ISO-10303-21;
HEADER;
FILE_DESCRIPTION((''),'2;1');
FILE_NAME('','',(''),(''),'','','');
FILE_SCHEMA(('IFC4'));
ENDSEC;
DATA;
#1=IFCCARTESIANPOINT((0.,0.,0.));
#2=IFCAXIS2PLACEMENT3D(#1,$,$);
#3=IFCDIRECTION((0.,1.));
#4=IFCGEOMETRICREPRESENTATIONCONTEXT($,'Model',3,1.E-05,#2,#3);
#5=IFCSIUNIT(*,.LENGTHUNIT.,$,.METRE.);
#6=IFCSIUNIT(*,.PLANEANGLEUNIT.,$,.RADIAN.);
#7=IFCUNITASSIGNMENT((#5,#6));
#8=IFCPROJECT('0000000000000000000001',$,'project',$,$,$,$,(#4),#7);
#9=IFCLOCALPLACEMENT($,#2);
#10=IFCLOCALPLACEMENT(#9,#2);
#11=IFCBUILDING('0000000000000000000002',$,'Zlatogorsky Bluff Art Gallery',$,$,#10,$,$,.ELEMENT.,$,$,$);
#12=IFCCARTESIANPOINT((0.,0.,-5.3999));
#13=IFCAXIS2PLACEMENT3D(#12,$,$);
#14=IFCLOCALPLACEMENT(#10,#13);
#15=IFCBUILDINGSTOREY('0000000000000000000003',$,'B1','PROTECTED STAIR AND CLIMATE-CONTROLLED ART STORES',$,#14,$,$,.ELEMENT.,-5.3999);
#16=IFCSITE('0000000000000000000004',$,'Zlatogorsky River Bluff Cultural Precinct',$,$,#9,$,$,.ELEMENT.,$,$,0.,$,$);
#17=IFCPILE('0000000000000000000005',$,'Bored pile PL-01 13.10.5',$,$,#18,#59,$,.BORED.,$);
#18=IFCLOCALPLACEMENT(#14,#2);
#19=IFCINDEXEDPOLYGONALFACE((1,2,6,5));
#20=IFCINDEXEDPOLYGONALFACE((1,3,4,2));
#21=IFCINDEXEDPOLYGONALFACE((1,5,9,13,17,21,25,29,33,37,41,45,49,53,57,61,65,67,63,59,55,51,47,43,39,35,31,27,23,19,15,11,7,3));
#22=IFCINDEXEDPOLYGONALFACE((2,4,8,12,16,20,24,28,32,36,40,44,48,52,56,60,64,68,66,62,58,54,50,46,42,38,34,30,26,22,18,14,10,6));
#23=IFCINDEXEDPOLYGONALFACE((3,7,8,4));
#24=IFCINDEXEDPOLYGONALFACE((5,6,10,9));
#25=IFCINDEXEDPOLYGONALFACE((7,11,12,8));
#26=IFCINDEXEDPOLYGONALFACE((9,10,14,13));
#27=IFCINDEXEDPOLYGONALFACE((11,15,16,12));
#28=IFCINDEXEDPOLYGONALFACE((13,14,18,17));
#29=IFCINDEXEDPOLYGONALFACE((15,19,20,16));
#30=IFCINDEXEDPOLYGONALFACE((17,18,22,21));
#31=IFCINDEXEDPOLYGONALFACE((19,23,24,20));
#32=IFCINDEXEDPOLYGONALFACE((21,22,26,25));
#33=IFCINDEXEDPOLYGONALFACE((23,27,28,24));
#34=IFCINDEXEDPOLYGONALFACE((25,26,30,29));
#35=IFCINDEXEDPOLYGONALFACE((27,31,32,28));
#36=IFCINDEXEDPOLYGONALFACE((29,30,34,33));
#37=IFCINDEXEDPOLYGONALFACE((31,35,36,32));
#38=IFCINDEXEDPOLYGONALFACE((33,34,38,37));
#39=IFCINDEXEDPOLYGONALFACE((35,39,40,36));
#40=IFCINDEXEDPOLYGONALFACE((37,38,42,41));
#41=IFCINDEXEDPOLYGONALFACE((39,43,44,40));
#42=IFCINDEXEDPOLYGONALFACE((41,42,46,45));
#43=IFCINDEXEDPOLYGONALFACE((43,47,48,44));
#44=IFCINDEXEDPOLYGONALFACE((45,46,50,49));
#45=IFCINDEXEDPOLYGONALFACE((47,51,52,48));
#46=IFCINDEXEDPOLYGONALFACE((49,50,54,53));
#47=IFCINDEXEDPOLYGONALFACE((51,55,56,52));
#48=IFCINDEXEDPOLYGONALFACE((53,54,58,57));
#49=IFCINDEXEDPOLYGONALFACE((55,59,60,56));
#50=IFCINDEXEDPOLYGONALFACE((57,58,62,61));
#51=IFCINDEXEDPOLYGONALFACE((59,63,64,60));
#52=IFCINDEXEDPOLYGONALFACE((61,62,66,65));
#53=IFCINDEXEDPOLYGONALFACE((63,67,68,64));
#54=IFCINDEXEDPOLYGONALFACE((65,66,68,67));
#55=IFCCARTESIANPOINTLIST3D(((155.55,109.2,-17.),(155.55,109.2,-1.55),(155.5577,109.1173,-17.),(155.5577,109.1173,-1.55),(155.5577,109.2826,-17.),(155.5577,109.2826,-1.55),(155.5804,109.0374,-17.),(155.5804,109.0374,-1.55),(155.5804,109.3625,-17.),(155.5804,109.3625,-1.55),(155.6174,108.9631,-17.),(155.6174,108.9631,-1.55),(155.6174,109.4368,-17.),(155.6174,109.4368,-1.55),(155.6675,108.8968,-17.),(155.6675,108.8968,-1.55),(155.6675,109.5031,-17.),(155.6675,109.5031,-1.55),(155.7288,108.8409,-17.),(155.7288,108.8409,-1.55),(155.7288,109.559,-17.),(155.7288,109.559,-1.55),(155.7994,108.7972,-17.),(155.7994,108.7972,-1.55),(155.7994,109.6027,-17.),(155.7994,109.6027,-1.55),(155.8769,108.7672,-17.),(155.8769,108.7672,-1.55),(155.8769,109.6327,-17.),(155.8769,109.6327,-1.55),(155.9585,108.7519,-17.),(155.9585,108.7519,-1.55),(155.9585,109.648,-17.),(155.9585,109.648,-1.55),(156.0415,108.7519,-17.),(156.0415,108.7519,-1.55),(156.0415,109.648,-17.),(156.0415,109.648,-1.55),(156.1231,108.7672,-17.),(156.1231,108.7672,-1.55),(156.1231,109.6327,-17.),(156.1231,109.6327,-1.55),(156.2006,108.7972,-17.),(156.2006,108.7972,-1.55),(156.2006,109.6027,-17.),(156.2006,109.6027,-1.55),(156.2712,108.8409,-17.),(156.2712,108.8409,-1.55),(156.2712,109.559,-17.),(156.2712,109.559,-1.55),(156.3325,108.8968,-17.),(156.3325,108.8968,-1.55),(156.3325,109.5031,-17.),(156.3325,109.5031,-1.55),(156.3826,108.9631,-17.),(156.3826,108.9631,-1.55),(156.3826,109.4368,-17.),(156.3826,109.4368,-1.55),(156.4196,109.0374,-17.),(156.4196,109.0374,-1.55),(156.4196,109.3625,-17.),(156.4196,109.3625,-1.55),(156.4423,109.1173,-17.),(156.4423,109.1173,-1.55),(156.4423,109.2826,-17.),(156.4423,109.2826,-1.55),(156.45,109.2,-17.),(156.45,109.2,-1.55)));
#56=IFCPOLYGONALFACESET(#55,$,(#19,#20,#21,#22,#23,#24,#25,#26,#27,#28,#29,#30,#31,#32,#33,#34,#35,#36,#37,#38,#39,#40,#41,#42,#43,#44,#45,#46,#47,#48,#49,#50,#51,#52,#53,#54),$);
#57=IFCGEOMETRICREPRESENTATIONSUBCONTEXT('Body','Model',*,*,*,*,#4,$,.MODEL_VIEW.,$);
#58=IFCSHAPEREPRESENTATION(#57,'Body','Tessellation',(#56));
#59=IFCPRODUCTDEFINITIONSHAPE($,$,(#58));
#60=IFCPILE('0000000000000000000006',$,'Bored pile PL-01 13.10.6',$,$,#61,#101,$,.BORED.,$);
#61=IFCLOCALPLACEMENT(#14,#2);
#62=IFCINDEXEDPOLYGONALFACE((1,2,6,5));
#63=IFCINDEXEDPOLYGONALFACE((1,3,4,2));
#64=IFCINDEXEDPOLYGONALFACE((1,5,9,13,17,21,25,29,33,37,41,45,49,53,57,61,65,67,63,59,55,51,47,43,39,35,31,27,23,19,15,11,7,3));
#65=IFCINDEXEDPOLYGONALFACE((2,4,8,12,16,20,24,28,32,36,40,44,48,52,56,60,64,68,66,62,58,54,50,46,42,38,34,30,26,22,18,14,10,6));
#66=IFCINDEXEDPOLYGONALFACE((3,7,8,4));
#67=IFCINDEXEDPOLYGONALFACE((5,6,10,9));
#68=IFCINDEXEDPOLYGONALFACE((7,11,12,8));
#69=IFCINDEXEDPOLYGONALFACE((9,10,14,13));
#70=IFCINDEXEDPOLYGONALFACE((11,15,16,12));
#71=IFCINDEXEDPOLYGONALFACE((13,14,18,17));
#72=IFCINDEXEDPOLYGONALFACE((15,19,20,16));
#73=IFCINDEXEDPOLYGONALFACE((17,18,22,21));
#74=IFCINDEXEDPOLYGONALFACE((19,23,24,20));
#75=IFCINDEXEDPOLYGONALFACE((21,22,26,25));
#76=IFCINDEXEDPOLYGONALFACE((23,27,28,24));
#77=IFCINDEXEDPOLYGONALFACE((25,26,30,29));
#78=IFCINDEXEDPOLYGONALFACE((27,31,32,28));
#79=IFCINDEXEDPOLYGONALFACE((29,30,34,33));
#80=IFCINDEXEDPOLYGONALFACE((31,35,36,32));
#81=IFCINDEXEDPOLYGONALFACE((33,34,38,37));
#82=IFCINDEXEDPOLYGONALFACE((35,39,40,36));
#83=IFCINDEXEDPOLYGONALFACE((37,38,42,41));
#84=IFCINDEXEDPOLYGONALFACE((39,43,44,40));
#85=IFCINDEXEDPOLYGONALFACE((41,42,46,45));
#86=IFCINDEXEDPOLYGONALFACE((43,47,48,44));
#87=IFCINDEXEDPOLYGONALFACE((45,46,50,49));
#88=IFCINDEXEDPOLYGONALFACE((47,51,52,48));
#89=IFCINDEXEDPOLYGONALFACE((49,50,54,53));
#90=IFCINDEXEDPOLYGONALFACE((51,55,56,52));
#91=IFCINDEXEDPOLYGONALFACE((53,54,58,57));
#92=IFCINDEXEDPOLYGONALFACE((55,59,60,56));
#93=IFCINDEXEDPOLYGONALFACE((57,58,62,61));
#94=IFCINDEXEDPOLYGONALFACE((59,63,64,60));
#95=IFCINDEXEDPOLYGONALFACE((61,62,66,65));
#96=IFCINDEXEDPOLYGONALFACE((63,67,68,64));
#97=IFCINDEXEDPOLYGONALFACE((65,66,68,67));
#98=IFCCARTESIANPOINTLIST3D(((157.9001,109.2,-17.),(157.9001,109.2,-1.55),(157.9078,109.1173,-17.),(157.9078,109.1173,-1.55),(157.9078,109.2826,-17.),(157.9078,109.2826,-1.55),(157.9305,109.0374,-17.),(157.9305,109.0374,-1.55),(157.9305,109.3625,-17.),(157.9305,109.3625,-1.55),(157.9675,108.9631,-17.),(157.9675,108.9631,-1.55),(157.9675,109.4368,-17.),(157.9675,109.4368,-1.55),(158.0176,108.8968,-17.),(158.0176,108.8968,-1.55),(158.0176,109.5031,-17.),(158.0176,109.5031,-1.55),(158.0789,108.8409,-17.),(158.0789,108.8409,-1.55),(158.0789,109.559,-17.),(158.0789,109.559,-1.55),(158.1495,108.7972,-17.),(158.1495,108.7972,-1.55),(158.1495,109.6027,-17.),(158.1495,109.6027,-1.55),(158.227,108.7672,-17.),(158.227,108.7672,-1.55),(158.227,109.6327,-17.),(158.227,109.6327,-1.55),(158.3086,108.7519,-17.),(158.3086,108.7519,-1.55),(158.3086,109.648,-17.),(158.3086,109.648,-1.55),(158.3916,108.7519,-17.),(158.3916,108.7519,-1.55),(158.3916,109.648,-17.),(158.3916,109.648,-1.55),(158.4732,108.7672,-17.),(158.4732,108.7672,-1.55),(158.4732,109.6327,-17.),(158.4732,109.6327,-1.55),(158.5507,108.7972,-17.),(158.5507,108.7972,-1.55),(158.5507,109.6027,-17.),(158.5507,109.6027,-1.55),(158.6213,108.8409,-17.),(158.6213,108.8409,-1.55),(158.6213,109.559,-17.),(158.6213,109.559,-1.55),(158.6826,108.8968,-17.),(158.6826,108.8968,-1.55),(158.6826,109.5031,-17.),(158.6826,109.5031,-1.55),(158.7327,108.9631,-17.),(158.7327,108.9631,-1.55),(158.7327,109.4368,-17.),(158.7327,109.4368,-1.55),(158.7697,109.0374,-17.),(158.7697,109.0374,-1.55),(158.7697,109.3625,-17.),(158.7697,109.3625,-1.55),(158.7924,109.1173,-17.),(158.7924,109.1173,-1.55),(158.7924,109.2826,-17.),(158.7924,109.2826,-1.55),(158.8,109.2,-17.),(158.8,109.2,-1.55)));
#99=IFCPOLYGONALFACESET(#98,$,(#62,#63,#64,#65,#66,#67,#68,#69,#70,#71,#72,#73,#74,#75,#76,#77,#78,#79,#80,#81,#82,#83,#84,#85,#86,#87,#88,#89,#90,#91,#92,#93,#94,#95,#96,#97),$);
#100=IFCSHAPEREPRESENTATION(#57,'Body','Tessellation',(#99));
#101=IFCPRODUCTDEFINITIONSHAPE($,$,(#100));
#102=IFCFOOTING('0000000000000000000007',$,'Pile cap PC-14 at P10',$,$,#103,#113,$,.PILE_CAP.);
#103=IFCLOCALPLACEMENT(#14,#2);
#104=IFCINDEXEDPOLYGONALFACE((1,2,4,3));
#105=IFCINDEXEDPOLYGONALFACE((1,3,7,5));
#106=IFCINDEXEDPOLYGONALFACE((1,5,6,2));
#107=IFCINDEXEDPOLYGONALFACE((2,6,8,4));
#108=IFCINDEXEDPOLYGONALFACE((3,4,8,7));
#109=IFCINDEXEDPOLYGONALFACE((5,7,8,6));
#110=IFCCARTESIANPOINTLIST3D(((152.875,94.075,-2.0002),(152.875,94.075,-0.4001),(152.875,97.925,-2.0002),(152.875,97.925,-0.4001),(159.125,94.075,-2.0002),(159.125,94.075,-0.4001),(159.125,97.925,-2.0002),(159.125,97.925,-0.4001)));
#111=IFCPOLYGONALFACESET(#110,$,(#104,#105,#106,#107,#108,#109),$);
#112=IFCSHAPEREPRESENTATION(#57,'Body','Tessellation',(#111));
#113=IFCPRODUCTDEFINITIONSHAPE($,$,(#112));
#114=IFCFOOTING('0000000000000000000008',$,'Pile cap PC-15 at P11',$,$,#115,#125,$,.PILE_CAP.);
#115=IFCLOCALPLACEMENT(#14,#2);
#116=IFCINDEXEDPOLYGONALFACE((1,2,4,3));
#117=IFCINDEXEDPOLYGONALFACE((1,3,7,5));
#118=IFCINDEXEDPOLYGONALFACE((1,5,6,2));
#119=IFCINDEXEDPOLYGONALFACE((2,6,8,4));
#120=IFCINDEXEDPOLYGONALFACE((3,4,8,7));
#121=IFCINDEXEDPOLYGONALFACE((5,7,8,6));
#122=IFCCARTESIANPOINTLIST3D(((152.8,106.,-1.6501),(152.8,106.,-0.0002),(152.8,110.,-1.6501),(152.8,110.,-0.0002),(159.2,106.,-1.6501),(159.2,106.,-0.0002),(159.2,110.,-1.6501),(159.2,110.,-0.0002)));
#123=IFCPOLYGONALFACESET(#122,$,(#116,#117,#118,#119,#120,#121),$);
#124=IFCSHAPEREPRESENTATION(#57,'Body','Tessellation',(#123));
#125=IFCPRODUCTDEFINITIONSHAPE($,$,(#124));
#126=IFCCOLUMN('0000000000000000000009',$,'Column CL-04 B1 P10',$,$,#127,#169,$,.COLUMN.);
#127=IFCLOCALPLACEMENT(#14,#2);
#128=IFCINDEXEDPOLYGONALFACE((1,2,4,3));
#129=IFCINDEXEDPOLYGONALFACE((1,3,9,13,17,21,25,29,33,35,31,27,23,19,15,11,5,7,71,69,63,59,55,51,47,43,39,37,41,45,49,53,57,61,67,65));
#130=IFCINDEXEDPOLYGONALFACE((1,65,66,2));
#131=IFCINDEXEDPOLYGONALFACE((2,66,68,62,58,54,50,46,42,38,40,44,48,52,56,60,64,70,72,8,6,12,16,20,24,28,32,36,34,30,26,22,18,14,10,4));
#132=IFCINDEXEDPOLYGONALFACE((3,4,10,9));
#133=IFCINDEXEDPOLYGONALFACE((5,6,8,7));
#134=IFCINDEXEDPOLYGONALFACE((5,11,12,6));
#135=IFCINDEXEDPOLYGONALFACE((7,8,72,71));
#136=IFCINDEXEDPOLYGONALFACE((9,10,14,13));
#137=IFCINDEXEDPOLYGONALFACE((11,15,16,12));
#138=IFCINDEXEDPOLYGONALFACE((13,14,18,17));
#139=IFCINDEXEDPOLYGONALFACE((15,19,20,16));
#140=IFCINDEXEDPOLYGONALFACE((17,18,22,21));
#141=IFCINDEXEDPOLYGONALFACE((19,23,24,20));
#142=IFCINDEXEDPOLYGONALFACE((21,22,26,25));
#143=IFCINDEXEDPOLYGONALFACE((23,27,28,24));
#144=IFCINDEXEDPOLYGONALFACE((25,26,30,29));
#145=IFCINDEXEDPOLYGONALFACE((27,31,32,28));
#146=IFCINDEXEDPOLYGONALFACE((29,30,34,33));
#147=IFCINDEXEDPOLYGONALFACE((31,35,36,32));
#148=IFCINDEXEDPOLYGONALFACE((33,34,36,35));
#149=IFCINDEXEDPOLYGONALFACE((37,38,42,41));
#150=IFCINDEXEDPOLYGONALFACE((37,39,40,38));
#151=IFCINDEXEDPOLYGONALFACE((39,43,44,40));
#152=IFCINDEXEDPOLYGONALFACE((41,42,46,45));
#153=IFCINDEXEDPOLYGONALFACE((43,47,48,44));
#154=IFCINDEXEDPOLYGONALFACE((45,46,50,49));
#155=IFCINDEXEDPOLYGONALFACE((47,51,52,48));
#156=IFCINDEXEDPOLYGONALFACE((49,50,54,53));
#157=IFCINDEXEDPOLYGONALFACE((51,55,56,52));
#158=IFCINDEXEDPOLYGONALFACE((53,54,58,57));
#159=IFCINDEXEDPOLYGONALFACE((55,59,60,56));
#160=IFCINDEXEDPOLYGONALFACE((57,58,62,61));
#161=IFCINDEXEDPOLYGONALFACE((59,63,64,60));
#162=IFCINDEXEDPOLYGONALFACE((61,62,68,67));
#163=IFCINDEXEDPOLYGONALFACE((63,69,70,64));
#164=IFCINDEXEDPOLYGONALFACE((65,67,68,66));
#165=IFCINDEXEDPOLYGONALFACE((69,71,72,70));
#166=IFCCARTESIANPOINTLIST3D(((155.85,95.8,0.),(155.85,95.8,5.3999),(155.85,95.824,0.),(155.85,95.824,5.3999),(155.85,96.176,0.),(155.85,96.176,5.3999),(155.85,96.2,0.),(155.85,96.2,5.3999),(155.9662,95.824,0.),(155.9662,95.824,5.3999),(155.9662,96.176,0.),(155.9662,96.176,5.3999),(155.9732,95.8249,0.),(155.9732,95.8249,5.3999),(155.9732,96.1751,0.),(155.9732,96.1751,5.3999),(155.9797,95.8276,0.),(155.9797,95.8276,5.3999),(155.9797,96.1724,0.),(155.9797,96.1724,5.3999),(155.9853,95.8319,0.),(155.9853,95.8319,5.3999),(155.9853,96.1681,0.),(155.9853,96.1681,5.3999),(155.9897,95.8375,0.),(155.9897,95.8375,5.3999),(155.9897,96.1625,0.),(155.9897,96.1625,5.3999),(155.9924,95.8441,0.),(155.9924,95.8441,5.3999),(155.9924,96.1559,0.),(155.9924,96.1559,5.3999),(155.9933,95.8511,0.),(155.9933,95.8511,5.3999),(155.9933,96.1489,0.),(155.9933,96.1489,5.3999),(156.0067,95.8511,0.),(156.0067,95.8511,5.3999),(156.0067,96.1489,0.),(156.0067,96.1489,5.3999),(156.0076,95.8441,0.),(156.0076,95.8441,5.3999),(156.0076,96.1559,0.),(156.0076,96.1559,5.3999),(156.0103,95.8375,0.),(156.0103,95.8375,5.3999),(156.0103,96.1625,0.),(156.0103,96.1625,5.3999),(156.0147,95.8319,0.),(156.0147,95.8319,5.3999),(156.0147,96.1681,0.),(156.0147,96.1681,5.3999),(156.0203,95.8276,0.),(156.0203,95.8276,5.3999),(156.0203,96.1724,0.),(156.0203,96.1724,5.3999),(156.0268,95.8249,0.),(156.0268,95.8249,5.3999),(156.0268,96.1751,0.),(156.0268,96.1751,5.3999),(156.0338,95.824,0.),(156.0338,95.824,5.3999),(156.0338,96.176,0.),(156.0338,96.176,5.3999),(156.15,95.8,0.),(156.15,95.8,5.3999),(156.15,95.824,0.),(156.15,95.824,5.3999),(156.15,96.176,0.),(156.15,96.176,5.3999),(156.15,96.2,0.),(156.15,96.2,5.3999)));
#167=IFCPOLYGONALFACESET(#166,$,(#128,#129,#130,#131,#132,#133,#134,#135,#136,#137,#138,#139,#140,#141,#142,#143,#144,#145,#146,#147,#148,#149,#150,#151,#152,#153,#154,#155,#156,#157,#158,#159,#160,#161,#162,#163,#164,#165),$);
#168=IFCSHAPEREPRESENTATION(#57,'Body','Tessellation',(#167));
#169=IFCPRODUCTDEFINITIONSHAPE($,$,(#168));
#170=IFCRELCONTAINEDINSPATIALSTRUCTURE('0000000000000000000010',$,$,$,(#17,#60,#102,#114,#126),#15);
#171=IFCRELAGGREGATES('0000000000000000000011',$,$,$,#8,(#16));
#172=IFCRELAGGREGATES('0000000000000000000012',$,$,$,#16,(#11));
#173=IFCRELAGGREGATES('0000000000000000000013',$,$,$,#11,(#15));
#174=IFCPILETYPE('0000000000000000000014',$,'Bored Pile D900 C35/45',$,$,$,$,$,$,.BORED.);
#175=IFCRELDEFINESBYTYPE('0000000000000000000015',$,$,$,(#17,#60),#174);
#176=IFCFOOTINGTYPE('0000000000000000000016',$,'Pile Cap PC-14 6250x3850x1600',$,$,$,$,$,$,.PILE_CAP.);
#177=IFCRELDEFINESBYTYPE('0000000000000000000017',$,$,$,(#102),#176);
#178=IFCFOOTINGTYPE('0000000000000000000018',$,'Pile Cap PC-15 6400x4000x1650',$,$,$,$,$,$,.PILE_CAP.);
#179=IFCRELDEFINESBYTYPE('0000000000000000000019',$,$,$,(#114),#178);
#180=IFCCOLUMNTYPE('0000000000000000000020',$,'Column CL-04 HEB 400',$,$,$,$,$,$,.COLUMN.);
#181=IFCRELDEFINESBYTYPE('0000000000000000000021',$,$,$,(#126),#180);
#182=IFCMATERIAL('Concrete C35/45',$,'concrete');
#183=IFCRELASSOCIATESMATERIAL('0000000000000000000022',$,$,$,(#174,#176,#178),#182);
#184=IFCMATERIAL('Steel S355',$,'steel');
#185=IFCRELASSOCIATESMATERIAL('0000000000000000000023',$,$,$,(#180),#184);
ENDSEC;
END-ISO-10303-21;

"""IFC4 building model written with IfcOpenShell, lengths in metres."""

from ifc_helpers import new_model, si_unit, direction, frame, origin, origin_2d, place, context, subcontext, project, spatial, rectangle, circle, i_section, extrude, material, material_profile, profile_set, type_object, element, save


model = new_model("IFC4")

# Units and contexts
model_context = context("Model", 3, precision=1e-05, world=origin(), true_north=direction((0.0, 1.0)))
body_context = subcontext(model_context, "Body", "Model", "MODEL_VIEW")
ifc_project = project(units=[si_unit("LENGTHUNIT", "METRE"), si_unit("PLANEANGLEUNIT", "RADIAN")], contexts=[model_context])

# Site, building, storey
site_placement = place(None, origin())
site = spatial("IfcSite", under=ifc_project, at=site_placement, Name="Zlatogorsky River Bluff Cultural Precinct", CompositionType="ELEMENT", RefElevation=0.0)
building_placement = place(site_placement, origin())
building = spatial("IfcBuilding", under=site, at=building_placement, Name="Zlatogorsky Bluff Art Gallery", CompositionType="ELEMENT")
storey_placement = place(building_placement, frame((0.0, 0.0, -5.3999)))
storey = spatial("IfcBuildingStorey", under=building, at=storey_placement, Name="B1", Description="PROTECTED STAIR AND CLIMATE-CONTROLLED ART STORES", CompositionType="ELEMENT", Elevation=-5.3999)

# Piles
ifc_material_1 = material(Name="Concrete C35/45", Category="concrete")
ifc_material_profile_1 = material_profile(ifc_material_1, circle(Radius=0.45, at=origin_2d()), Name="BORED PILE D900")
ifc_profile_set_1 = profile_set([ifc_material_profile_1], Name="Concrete C35/45")
pile_type = type_object("IfcPileType", Name="Bored Pile D900 C35/45", PredefinedType="BORED", material=ifc_profile_set_1)
for number, where, z_axis, x_axis, name in (
    (1, (156.0, 109.2, -1.55), (0.0, 0.0, -1.0), (1.0, 0.0, 0.0), "Bored pile PL-01 13.10.5"),
    (2, (158.3501, 109.2, -1.55), (0.0, 0.0, -1.0), (1.0, 0.0, 0.0), "Bored pile PL-01 13.10.6"),
):
    element("IfcPile", number, at=place(storey_placement, frame(where, z_axis=z_axis, x_axis=x_axis)), inside=storey, type_object=pile_type, Name=name, PredefinedType="BORED", context=body_context, shape_type="SweptSolid", body=[
        extrude(circle(Radius=0.45, at=origin_2d()), origin(), (0.0, 0.0, 1.0), 15.45),
    ])

# Footings
footing_type_1 = type_object("IfcFootingType", Name="Pile Cap PC-14 6250x3850x1600", PredefinedType="PILE_CAP", material=ifc_material_1)
footing_1_placement = place(storey_placement, frame((156.0, 96.0, -2.0002), z_axis=(0.0, 0.0, 1.0), x_axis=(1.0, 0.0, 0.0)))
element("IfcFooting", 3, at=footing_1_placement, inside=storey, type_object=footing_type_1, Name="Pile cap PC-14 at P10", PredefinedType="PILE_CAP", context=body_context, shape_type="SweptSolid", body=[
    extrude(rectangle(XDim=6.25, YDim=3.8501, at=origin_2d()), origin(), (0.0, 0.0, 1.0), 1.6001),
])
footing_type_2 = type_object("IfcFootingType", Name="Pile Cap PC-15 6400x4000x1650", PredefinedType="PILE_CAP", material=ifc_material_1)
footing_2_placement = place(storey_placement, frame((156.0, 108.0, -1.6501), z_axis=(0.0, 0.0, 1.0), x_axis=(1.0, 0.0, 0.0)))
element("IfcFooting", 4, at=footing_2_placement, inside=storey, type_object=footing_type_2, Name="Pile cap PC-15 at P11", PredefinedType="PILE_CAP", context=body_context, shape_type="SweptSolid", body=[
    extrude(rectangle(XDim=6.3999, YDim=4.0, at=origin_2d()), origin(), (0.0, 0.0, 1.0), 1.6499),
])

# Column
ifc_material_2 = material(Name="Steel S355", Category="steel")
ifc_material_profile_2 = material_profile(ifc_material_2, i_section(OverallWidth=0.3, OverallDepth=0.3999, WebThickness=0.0134, FlangeThickness=0.0239, FilletRadius=0.0271, at=origin_2d()), Name="HEB 400")
ifc_profile_set_2 = profile_set([ifc_material_profile_2], Name="Steel S355")
column_type = type_object("IfcColumnType", Name="Column CL-04 HEB 400", PredefinedType="COLUMN", material=ifc_profile_set_2)
for number, where, z_axis, x_axis, name in (
    (5, (156.0, 96.0, 0.0), (0.0, 0.0, 1.0), (1.0, 0.0, 0.0), "Column CL-04 B1 P10"),
):
    element("IfcColumn", number, at=place(storey_placement, frame(where, z_axis=z_axis, x_axis=x_axis)), inside=storey, type_object=column_type, Name=name, PredefinedType="COLUMN", context=body_context, shape_type="SweptSolid", body=[
        extrude(i_section(OverallWidth=0.3, OverallDepth=0.3999, WebThickness=0.0134, FlangeThickness=0.0239, FilletRadius=0.0271, at=origin_2d()), origin(), (0.0, 0.0, 1.0), 5.3999),
    ])

save(model, "model.ifc")
